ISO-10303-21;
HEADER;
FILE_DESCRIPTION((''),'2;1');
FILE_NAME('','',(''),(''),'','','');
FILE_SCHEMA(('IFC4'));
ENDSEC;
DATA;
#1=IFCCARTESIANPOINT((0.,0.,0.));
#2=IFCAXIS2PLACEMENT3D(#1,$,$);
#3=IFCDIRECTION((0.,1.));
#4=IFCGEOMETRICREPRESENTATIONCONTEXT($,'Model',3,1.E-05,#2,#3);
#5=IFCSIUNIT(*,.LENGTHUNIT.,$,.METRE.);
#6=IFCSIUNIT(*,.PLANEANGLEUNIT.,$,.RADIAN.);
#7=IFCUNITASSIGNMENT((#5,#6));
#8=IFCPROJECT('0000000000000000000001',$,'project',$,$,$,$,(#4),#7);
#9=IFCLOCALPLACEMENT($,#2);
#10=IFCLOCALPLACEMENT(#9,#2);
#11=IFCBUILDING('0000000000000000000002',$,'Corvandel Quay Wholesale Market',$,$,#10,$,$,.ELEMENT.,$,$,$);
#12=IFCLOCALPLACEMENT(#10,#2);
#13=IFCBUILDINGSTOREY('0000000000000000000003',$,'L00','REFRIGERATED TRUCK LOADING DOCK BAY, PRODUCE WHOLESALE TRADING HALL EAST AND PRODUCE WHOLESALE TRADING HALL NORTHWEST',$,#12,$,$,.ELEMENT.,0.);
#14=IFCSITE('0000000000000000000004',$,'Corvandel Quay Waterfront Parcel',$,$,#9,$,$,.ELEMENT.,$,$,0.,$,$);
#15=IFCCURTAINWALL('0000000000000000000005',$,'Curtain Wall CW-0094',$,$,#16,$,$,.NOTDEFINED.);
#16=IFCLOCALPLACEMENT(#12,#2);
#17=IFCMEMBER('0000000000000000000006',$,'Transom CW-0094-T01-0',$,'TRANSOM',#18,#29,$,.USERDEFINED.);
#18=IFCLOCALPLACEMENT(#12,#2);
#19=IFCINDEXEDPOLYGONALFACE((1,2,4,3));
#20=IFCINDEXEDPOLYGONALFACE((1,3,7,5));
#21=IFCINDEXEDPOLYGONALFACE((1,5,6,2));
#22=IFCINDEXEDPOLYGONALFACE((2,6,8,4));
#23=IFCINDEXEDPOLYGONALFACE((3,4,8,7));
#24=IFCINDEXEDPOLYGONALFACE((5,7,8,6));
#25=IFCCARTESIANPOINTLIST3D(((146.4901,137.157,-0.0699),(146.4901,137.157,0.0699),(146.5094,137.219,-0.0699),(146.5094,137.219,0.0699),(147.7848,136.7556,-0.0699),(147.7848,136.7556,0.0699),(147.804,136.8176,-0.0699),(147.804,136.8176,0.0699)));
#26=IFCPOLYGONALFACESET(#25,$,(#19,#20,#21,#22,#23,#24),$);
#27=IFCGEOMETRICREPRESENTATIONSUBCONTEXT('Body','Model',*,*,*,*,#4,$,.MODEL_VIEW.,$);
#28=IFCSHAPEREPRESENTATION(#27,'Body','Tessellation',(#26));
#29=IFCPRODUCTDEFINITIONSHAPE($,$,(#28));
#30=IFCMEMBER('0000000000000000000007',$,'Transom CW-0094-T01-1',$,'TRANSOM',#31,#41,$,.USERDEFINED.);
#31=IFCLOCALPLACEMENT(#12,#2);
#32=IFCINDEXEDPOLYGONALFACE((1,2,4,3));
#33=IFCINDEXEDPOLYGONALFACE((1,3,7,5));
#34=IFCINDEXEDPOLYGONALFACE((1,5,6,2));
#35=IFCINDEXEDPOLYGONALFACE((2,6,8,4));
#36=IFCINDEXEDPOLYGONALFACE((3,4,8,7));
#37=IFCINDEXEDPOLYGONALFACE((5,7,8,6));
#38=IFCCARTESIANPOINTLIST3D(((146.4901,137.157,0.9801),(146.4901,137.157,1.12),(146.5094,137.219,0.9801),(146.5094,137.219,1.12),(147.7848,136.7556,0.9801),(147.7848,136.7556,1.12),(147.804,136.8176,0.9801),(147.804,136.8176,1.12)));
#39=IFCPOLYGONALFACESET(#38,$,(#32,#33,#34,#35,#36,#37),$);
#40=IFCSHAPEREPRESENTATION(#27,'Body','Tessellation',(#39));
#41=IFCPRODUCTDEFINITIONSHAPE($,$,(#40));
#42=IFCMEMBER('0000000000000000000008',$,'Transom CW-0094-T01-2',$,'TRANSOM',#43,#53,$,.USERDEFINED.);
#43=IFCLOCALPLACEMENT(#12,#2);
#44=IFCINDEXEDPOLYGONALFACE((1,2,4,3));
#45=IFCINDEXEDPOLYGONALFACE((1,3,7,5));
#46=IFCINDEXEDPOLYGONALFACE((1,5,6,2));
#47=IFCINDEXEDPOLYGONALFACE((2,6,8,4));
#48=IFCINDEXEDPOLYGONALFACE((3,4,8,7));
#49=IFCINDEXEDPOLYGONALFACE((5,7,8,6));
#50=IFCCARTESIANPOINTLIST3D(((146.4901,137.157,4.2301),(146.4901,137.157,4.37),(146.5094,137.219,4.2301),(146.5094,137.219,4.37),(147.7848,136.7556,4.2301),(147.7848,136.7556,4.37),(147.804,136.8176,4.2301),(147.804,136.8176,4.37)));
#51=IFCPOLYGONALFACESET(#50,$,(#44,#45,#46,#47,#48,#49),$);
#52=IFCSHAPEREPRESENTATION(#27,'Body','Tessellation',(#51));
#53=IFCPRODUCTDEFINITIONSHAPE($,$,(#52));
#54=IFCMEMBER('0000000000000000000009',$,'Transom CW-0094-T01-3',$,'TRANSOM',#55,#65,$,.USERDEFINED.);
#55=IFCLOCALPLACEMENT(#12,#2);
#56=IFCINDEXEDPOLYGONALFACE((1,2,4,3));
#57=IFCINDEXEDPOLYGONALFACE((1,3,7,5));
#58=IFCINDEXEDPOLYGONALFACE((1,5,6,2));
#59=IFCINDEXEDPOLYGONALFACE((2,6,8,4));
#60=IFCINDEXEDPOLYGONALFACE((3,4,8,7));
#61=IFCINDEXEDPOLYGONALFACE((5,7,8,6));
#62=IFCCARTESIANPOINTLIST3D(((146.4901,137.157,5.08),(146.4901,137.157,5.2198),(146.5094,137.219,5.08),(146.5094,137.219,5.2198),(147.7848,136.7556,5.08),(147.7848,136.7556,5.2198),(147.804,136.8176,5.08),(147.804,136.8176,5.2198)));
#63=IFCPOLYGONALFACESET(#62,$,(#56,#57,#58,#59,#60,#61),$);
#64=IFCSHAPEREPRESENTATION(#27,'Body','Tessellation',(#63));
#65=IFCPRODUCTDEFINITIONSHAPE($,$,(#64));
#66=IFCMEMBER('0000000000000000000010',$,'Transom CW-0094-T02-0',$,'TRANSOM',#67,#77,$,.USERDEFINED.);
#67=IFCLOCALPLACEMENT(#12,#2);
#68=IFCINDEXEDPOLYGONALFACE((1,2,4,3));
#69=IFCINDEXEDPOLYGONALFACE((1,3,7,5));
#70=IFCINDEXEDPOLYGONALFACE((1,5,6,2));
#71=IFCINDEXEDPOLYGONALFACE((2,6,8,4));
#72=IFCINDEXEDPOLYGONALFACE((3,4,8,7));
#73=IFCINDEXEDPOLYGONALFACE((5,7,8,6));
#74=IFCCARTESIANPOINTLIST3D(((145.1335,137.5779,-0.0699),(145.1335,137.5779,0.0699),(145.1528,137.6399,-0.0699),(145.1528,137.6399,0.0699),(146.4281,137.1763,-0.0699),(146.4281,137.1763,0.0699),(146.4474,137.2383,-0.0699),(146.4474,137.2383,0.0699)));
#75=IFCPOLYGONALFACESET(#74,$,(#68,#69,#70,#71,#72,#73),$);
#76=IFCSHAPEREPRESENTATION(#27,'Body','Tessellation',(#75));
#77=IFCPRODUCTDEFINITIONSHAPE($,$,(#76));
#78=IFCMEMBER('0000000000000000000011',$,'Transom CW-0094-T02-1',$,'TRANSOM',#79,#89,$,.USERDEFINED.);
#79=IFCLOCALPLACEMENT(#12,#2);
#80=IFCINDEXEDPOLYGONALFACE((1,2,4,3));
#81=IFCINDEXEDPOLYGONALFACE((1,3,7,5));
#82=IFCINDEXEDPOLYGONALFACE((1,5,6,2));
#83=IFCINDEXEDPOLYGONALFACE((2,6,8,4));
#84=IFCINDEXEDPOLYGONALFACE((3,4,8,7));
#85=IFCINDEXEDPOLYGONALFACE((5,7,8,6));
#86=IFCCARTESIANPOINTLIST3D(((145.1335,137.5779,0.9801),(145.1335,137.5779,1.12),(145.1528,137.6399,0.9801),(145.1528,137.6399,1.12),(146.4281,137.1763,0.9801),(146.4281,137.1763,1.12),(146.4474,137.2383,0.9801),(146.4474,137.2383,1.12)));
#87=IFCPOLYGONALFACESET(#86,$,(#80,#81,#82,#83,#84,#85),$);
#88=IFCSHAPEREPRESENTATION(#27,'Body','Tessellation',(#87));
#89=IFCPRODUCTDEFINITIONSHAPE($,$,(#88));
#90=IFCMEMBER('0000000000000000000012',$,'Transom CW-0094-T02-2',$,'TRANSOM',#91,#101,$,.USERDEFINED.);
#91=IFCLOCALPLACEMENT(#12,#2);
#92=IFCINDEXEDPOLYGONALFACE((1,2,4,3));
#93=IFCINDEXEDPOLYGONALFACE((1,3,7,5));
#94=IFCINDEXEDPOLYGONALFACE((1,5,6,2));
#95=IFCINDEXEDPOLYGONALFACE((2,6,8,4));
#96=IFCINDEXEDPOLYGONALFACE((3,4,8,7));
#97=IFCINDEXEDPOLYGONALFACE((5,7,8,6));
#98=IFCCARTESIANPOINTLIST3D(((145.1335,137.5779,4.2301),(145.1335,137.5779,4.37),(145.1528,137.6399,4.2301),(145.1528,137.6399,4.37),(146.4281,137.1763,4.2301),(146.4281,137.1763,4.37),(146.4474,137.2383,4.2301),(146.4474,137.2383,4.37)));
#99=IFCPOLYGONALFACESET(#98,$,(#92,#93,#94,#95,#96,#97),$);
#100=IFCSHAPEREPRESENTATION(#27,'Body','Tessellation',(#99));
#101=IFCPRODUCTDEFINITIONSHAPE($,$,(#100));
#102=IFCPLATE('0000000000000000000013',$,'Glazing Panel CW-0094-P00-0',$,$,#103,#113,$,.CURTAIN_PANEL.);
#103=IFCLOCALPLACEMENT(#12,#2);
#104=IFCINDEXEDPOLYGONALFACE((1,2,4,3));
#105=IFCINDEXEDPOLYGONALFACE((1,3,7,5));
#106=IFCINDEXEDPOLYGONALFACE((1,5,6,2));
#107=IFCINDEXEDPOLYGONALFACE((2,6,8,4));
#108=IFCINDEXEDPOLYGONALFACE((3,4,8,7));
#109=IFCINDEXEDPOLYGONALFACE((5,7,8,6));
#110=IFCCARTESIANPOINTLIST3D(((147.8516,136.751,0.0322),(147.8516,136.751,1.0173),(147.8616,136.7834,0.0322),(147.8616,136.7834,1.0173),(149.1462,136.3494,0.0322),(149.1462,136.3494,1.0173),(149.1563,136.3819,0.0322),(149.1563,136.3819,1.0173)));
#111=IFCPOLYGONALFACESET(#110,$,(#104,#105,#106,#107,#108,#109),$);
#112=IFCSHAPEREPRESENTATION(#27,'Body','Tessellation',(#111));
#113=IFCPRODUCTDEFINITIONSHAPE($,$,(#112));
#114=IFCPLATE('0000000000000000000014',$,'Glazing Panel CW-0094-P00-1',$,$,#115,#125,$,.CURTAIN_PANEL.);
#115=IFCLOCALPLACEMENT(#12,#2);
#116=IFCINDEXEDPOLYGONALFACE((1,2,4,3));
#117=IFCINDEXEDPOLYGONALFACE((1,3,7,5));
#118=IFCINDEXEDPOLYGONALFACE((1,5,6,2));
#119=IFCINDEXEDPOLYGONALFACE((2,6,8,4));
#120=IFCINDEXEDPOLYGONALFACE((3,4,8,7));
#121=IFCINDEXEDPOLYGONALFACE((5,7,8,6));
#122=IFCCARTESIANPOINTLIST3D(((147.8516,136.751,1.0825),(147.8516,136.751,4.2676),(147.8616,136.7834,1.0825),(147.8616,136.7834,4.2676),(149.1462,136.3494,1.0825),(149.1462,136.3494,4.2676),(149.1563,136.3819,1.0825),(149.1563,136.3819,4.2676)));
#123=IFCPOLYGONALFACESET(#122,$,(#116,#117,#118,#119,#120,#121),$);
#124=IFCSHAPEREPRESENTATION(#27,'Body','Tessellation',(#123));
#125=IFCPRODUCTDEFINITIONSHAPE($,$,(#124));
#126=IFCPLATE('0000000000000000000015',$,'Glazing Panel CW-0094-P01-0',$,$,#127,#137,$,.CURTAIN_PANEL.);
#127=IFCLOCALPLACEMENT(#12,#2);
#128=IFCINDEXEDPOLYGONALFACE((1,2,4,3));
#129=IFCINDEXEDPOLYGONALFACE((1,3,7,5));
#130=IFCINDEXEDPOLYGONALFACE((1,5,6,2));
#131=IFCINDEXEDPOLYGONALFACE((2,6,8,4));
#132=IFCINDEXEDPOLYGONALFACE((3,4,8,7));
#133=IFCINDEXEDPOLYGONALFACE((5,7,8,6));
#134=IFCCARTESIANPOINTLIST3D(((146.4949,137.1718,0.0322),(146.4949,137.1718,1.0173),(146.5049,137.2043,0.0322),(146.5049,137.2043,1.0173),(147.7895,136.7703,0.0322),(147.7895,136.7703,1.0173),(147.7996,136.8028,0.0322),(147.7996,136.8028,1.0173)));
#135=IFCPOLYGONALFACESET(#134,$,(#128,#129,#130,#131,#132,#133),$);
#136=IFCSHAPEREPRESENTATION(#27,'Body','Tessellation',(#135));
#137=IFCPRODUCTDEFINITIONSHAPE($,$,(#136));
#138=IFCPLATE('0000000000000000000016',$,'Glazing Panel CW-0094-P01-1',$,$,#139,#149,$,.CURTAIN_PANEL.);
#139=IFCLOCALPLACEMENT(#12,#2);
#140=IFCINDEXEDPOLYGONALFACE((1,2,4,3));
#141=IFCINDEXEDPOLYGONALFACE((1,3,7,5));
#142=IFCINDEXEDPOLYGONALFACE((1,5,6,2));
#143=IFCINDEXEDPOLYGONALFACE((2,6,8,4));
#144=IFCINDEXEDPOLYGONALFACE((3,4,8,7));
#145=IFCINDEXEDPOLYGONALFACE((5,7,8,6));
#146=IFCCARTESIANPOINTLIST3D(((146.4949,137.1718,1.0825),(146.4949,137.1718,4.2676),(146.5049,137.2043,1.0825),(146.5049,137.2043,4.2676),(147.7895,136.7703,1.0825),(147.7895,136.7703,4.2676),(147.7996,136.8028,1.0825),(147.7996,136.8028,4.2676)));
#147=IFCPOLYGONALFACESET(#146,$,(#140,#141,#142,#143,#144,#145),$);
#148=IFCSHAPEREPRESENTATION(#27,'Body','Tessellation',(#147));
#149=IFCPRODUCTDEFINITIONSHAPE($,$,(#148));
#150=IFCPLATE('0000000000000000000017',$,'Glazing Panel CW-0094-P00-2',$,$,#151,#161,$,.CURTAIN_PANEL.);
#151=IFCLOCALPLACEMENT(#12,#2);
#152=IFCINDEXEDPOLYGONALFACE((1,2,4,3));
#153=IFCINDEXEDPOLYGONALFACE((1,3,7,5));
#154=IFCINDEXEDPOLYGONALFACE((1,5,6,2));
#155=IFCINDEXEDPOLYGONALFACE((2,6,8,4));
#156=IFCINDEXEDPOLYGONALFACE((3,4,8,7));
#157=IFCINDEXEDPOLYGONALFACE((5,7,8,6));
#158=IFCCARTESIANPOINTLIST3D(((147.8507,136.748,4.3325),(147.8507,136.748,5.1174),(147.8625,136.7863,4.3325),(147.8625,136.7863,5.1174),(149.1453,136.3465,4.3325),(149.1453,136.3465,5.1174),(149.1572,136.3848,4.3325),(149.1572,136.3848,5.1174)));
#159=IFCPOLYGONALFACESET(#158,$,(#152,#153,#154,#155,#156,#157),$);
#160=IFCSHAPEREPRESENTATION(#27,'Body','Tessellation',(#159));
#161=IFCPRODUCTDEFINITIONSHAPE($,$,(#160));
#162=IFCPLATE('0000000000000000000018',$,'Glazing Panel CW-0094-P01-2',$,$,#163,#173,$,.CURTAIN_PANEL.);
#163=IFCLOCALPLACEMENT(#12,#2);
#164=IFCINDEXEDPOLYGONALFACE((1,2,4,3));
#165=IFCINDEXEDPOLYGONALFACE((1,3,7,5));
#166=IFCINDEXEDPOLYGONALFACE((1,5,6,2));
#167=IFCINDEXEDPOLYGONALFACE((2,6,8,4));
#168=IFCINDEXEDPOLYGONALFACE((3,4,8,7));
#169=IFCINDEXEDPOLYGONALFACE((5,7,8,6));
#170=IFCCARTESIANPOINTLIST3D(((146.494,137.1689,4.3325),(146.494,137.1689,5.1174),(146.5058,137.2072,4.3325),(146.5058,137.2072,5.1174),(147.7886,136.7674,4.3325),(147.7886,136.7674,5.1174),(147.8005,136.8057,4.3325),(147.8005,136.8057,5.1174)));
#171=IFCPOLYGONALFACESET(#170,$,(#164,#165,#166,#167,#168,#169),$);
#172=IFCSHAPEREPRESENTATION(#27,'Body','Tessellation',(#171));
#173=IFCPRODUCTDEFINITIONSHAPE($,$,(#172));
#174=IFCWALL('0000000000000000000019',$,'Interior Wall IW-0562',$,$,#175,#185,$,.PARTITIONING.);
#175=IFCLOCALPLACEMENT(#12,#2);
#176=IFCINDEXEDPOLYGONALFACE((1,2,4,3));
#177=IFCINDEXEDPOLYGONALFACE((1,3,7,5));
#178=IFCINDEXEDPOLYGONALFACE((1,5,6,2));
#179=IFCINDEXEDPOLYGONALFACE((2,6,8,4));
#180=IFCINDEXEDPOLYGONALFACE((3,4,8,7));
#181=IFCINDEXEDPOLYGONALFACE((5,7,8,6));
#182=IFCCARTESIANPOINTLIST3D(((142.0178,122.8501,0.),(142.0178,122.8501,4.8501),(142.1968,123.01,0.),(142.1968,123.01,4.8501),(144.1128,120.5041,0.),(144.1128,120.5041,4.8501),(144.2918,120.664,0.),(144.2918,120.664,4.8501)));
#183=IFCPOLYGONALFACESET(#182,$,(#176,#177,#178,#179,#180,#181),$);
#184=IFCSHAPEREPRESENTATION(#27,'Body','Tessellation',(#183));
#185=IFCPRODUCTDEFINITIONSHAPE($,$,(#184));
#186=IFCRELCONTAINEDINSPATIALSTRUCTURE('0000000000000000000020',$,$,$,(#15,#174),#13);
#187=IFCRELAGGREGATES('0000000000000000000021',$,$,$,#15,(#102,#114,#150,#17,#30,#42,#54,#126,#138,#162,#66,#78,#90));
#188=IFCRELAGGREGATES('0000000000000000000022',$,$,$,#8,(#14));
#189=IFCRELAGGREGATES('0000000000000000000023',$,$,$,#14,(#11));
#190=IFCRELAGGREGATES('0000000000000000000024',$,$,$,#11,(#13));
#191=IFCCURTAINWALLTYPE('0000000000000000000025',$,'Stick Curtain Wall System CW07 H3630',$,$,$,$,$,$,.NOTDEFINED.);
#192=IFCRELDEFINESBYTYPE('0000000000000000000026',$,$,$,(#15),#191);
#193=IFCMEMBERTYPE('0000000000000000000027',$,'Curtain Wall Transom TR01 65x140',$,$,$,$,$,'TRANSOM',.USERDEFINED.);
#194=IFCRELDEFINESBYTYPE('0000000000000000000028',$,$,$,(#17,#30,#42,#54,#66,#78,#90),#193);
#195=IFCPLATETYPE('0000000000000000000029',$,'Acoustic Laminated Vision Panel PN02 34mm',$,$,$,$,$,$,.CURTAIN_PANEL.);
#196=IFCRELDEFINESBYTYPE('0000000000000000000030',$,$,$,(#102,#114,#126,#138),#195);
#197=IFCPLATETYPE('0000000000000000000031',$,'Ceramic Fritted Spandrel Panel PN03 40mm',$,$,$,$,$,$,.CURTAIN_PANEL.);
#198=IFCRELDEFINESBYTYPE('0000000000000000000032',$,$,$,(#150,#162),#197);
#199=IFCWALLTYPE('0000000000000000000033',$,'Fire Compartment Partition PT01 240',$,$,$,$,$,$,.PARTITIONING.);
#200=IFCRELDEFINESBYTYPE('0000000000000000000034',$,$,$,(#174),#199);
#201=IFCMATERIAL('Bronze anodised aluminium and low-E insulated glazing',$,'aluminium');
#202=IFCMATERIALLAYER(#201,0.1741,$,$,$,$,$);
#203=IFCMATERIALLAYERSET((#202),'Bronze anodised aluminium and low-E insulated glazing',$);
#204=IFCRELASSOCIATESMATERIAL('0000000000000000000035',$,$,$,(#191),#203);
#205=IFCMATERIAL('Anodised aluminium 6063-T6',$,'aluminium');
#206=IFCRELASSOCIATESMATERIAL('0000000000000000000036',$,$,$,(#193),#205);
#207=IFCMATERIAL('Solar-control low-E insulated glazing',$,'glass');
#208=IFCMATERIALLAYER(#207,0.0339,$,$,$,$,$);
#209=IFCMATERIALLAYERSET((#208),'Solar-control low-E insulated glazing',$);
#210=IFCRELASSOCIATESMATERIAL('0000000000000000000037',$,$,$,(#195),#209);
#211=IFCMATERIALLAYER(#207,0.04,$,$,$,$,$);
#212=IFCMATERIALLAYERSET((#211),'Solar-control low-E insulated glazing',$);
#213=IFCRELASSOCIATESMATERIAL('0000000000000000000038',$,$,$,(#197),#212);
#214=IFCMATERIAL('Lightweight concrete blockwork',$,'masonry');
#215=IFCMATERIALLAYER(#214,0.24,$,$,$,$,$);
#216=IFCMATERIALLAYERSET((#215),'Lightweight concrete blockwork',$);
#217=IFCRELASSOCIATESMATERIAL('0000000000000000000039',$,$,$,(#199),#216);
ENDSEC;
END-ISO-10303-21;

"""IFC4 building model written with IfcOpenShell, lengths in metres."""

from ifc_helpers import new_model, si_unit, direction, frame, frame_2d, origin, origin_2d, place, context, subcontext, project, spatial, rectangle, extrude, material, layer, layer_set, material_profile, profile_set, type_object, element, aggregate, save


model = new_model("IFC4")

# Units and contexts
model_context = context("Model", 3, precision=1e-05, world=origin(), true_north=direction((0.0, 1.0)))
body_context = subcontext(model_context, "Body", "Model", "MODEL_VIEW")
ifc_project = project(units=[si_unit("LENGTHUNIT", "METRE"), si_unit("PLANEANGLEUNIT", "RADIAN")], contexts=[model_context])

# Site, building, storey
site_placement = place(None, origin())
site = spatial("IfcSite", under=ifc_project, at=site_placement, Name="Corvandel Quay Waterfront Parcel", CompositionType="ELEMENT", RefElevation=0.0)
building_placement = place(site_placement, origin())
building = spatial("IfcBuilding", under=site, at=building_placement, Name="Corvandel Quay Wholesale Market", CompositionType="ELEMENT")
storey_placement = place(building_placement, origin())
storey = spatial("IfcBuildingStorey", under=building, at=storey_placement, Name="L00", Description="REFRIGERATED TRUCK LOADING DOCK BAY, PRODUCE WHOLESALE TRADING HALL EAST AND PRODUCE WHOLESALE TRADING HALL NORTHWEST", CompositionType="ELEMENT", Elevation=0.0)

# Curtain wall, members, plates
ifc_material_1 = material(Name="Bronze anodised aluminium and low-E insulated glazing", Category="aluminium")
ifc_layer_1 = layer(ifc_material_1, 0.1741)
ifc_layer_set_1 = layer_set([ifc_layer_1], Name="Bronze anodised aluminium and low-E insulated glazing")
curtain_wall_type = type_object("IfcCurtainWallType", Name="Stick Curtain Wall System CW07 H3630", PredefinedType="NOTDEFINED", material=ifc_layer_set_1)
curtain_wall_placement = place(storey_placement, origin())
curtain_wall = element("IfcCurtainWall", 1, at=curtain_wall_placement, inside=storey, type_object=curtain_wall_type, Name="Curtain Wall CW-0094", PredefinedType="NOTDEFINED")
ifc_material_2 = material(Name="Anodised aluminium 6063-T6", Category="aluminium")
ifc_material_profile_1 = material_profile(ifc_material_2, rectangle(XDim=0.0649, YDim=0.1399, at=origin_2d()), Name="ALU-TRN-65x140")
ifc_profile_set_1 = profile_set([ifc_material_profile_1], Name="Anodised aluminium 6063-T6")
member_type_1 = type_object("IfcMemberType", Name="Curtain Wall Transom TR01 65x140", ElementType="TRANSOM", PredefinedType="USERDEFINED", material=ifc_profile_set_1)
member_1_placement = place(storey_placement, frame((147.7944, 136.7866, 0.0), z_axis=(-0.955154, 0.29611, 0.0), x_axis=(-0.29611, -0.955154, 0.0)))
member_1 = element("IfcMember", 2, at=member_1_placement, type_object=member_type_1, Name="Transom CW-0094-T01-0", ObjectType="TRANSOM", PredefinedType="USERDEFINED", context=body_context, shape_type="SweptSolid", body=[
    extrude(rectangle(XDim=0.0649, YDim=0.1399, at=origin_2d()), origin(), (0.0, 0.0, 1.0), 1.3555),
])
member_2_placement = place(storey_placement, frame((147.7944, 136.7866, 1.05), z_axis=(-0.955154, 0.29611, 0.0), x_axis=(-0.29611, -0.955154, 0.0)))
member_2 = element("IfcMember", 3, at=member_2_placement, type_object=member_type_1, Name="Transom CW-0094-T01-1", ObjectType="TRANSOM", PredefinedType="USERDEFINED", context=body_context, shape_type="SweptSolid", body=[
    extrude(rectangle(XDim=0.0649, YDim=0.1399, at=origin_2d()), origin(), (0.0, 0.0, 1.0), 1.3555),
])
member_3_placement = place(storey_placement, frame((147.7944, 136.7866, 4.3), z_axis=(-0.955154, 0.29611, 0.0), x_axis=(-0.29611, -0.955154, 0.0)))
member_3 = element("IfcMember", 4, at=member_3_placement, type_object=member_type_1, Name="Transom CW-0094-T01-2", ObjectType="TRANSOM", PredefinedType="USERDEFINED", context=body_context, shape_type="SweptSolid", body=[
    extrude(rectangle(XDim=0.0649, YDim=0.1399, at=origin_2d()), origin(), (0.0, 0.0, 1.0), 1.3555),
])
member_4_placement = place(storey_placement, frame((147.7944, 136.7866, 5.1499), z_axis=(-0.955154, 0.29611, 0.0), x_axis=(-0.29611, -0.955154, 0.0)))
member_4 = element("IfcMember", 5, at=member_4_placement, type_object=member_type_1, Name="Transom CW-0094-T01-3", ObjectType="TRANSOM", PredefinedType="USERDEFINED", context=body_context, shape_type="SweptSolid", body=[
    extrude(rectangle(XDim=0.0649, YDim=0.1399, at=origin_2d()), origin(), (0.0, 0.0, 1.0), 1.3555),
])
member_5_placement = place(storey_placement, frame((146.4377, 137.2073, 0.0), z_axis=(-0.955103, 0.296275, 0.0), x_axis=(-0.296275, -0.955103, 0.0)))
member_5 = element("IfcMember", 6, at=member_5_placement, type_object=member_type_1, Name="Transom CW-0094-T02-0", ObjectType="TRANSOM", PredefinedType="USERDEFINED", context=body_context, shape_type="SweptSolid", body=[
    extrude(rectangle(XDim=0.0649, YDim=0.1399, at=origin_2d()), origin(), (0.0, 0.0, 1.0), 1.3555),
])
member_6_placement = place(storey_placement, frame((146.4377, 137.2073, 1.05), z_axis=(-0.955103, 0.296275, 0.0), x_axis=(-0.296275, -0.955103, 0.0)))
member_6 = element("IfcMember", 7, at=member_6_placement, type_object=member_type_1, Name="Transom CW-0094-T02-1", ObjectType="TRANSOM", PredefinedType="USERDEFINED", context=body_context, shape_type="SweptSolid", body=[
    extrude(rectangle(XDim=0.0649, YDim=0.1399, at=origin_2d()), origin(), (0.0, 0.0, 1.0), 1.3555),
])
member_7_placement = place(storey_placement, frame((146.4377, 137.2073, 4.3), z_axis=(-0.955103, 0.296275, 0.0), x_axis=(-0.296275, -0.955103, 0.0)))
member_7 = element("IfcMember", 8, at=member_7_placement, type_object=member_type_1, Name="Transom CW-0094-T02-2", ObjectType="TRANSOM", PredefinedType="USERDEFINED", context=body_context, shape_type="SweptSolid", body=[
    extrude(rectangle(XDim=0.0649, YDim=0.1399, at=origin_2d()), origin(), (0.0, 0.0, 1.0), 1.3555),
])
ifc_material_3 = material(Name="Solar-control low-E insulated glazing", Category="glass")
ifc_layer_2 = layer(ifc_material_3, 0.0339)
ifc_layer_set_2 = layer_set([ifc_layer_2], Name="Solar-control low-E insulated glazing")
plate_type_1 = type_object("IfcPlateType", Name="Acoustic Laminated Vision Panel PN02 34mm", PredefinedType="CURTAIN_PANEL", material=ifc_layer_set_2)
plate_1_placement = place(storey_placement, frame((148.5039, 136.5664, 0.0322), z_axis=(0.0, 0.0, 1.0), x_axis=(-0.955123, 0.296208, 0.0)))
plate_1 = element("IfcPlate", 9, at=plate_1_placement, type_object=plate_type_1, Name="Glazing Panel CW-0094-P00-0", PredefinedType="CURTAIN_PANEL", context=body_context, shape_type="SweptSolid", body=[
    extrude(rectangle(XDim=1.3555, YDim=0.0339, at=origin_2d()), origin(), (0.0, 0.0, 1.0), 0.9851),
])
plate_2_placement = place(storey_placement, frame((148.5039, 136.5664, 1.0825), z_axis=(0.0, 0.0, 1.0), x_axis=(-0.955123, 0.296208, 0.0)))
plate_2 = element("IfcPlate", 10, at=plate_2_placement, type_object=plate_type_1, Name="Glazing Panel CW-0094-P00-1", PredefinedType="CURTAIN_PANEL", context=body_context, shape_type="SweptSolid", body=[
    extrude(rectangle(XDim=1.3555, YDim=0.0339, at=origin_2d()), origin(), (0.0, 0.0, 1.0), 3.1851),
])
plate_3_placement = place(storey_placement, frame((147.1472, 136.9873, 0.0322), z_axis=(0.0, 0.0, 1.0), x_axis=(-0.955123, 0.296208, 0.0)))
plate_3 = element("IfcPlate", 11, at=plate_3_placement, type_object=plate_type_1, Name="Glazing Panel CW-0094-P01-0", PredefinedType="CURTAIN_PANEL", context=body_context, shape_type="SweptSolid", body=[
    extrude(rectangle(XDim=1.3555, YDim=0.0339, at=origin_2d()), origin(), (0.0, 0.0, 1.0), 0.9851),
])
plate_4_placement = place(storey_placement, frame((147.1472, 136.9873, 1.0825), z_axis=(0.0, 0.0, 1.0), x_axis=(-0.955123, 0.296208, 0.0)))
plate_4 = element("IfcPlate", 12, at=plate_4_placement, type_object=plate_type_1, Name="Glazing Panel CW-0094-P01-1", PredefinedType="CURTAIN_PANEL", context=body_context, shape_type="SweptSolid", body=[
    extrude(rectangle(XDim=1.3555, YDim=0.0339, at=origin_2d()), origin(), (0.0, 0.0, 1.0), 3.1851),
])
ifc_layer_3 = layer(ifc_material_3, 0.04)
ifc_layer_set_3 = layer_set([ifc_layer_3], Name="Solar-control low-E insulated glazing")
plate_type_2 = type_object("IfcPlateType", Name="Ceramic Fritted Spandrel Panel PN03 40mm", PredefinedType="CURTAIN_PANEL", material=ifc_layer_set_3)
plate_5_placement = place(storey_placement, frame((148.5039, 136.5664, 4.3325), z_axis=(0.0, 0.0, 1.0), x_axis=(-0.955123, 0.296208, 0.0)))
plate_5 = element("IfcPlate", 13, at=plate_5_placement, type_object=plate_type_2, Name="Glazing Panel CW-0094-P00-2", PredefinedType="CURTAIN_PANEL", context=body_context, shape_type="SweptSolid", body=[
    extrude(rectangle(XDim=1.3555, YDim=0.04, at=origin_2d()), origin(), (0.0, 0.0, 1.0), 0.7849),
])
plate_6_placement = place(storey_placement, frame((147.1472, 136.9873, 4.3325), z_axis=(0.0, 0.0, 1.0), x_axis=(-0.955123, 0.296208, 0.0)))
plate_6 = element("IfcPlate", 14, at=plate_6_placement, type_object=plate_type_2, Name="Glazing Panel CW-0094-P01-2", PredefinedType="CURTAIN_PANEL", context=body_context, shape_type="SweptSolid", body=[
    extrude(rectangle(XDim=1.3555, YDim=0.04, at=origin_2d()), origin(), (0.0, 0.0, 1.0), 0.7849),
])
aggregate(curtain_wall, [plate_1, plate_2, plate_5, member_1, member_2, member_3, member_4, plate_3, plate_4, plate_6, member_5, member_6, member_7])

# Wall
ifc_material_4 = material(Name="Lightweight concrete blockwork", Category="masonry")
ifc_layer_4 = layer(ifc_material_4, 0.24)
ifc_layer_set_4 = layer_set([ifc_layer_4], Name="Lightweight concrete blockwork")
wall_type = type_object("IfcWallType", Name="Fire Compartment Partition PT01 240", PredefinedType="PARTITIONING", material=ifc_layer_set_4)
wall_1_placement = place(storey_placement, frame((144.2024, 120.584, 0.0), z_axis=(0.0, 0.0, 1.0), x_axis=(-0.666082, 0.745878, 0.0)))
element("IfcWall", 15, at=wall_1_placement, inside=storey, type_object=wall_type, Name="Interior Wall IW-0562", PredefinedType="PARTITIONING", context=body_context, shape_type="SweptSolid", body=[
    extrude(rectangle(XDim=3.1453, YDim=0.24, at=frame_2d((1.5728, 0.0))), origin(), (0.0, 0.0, 1.0), 4.8501),
])

save(model, "model.ifc")
